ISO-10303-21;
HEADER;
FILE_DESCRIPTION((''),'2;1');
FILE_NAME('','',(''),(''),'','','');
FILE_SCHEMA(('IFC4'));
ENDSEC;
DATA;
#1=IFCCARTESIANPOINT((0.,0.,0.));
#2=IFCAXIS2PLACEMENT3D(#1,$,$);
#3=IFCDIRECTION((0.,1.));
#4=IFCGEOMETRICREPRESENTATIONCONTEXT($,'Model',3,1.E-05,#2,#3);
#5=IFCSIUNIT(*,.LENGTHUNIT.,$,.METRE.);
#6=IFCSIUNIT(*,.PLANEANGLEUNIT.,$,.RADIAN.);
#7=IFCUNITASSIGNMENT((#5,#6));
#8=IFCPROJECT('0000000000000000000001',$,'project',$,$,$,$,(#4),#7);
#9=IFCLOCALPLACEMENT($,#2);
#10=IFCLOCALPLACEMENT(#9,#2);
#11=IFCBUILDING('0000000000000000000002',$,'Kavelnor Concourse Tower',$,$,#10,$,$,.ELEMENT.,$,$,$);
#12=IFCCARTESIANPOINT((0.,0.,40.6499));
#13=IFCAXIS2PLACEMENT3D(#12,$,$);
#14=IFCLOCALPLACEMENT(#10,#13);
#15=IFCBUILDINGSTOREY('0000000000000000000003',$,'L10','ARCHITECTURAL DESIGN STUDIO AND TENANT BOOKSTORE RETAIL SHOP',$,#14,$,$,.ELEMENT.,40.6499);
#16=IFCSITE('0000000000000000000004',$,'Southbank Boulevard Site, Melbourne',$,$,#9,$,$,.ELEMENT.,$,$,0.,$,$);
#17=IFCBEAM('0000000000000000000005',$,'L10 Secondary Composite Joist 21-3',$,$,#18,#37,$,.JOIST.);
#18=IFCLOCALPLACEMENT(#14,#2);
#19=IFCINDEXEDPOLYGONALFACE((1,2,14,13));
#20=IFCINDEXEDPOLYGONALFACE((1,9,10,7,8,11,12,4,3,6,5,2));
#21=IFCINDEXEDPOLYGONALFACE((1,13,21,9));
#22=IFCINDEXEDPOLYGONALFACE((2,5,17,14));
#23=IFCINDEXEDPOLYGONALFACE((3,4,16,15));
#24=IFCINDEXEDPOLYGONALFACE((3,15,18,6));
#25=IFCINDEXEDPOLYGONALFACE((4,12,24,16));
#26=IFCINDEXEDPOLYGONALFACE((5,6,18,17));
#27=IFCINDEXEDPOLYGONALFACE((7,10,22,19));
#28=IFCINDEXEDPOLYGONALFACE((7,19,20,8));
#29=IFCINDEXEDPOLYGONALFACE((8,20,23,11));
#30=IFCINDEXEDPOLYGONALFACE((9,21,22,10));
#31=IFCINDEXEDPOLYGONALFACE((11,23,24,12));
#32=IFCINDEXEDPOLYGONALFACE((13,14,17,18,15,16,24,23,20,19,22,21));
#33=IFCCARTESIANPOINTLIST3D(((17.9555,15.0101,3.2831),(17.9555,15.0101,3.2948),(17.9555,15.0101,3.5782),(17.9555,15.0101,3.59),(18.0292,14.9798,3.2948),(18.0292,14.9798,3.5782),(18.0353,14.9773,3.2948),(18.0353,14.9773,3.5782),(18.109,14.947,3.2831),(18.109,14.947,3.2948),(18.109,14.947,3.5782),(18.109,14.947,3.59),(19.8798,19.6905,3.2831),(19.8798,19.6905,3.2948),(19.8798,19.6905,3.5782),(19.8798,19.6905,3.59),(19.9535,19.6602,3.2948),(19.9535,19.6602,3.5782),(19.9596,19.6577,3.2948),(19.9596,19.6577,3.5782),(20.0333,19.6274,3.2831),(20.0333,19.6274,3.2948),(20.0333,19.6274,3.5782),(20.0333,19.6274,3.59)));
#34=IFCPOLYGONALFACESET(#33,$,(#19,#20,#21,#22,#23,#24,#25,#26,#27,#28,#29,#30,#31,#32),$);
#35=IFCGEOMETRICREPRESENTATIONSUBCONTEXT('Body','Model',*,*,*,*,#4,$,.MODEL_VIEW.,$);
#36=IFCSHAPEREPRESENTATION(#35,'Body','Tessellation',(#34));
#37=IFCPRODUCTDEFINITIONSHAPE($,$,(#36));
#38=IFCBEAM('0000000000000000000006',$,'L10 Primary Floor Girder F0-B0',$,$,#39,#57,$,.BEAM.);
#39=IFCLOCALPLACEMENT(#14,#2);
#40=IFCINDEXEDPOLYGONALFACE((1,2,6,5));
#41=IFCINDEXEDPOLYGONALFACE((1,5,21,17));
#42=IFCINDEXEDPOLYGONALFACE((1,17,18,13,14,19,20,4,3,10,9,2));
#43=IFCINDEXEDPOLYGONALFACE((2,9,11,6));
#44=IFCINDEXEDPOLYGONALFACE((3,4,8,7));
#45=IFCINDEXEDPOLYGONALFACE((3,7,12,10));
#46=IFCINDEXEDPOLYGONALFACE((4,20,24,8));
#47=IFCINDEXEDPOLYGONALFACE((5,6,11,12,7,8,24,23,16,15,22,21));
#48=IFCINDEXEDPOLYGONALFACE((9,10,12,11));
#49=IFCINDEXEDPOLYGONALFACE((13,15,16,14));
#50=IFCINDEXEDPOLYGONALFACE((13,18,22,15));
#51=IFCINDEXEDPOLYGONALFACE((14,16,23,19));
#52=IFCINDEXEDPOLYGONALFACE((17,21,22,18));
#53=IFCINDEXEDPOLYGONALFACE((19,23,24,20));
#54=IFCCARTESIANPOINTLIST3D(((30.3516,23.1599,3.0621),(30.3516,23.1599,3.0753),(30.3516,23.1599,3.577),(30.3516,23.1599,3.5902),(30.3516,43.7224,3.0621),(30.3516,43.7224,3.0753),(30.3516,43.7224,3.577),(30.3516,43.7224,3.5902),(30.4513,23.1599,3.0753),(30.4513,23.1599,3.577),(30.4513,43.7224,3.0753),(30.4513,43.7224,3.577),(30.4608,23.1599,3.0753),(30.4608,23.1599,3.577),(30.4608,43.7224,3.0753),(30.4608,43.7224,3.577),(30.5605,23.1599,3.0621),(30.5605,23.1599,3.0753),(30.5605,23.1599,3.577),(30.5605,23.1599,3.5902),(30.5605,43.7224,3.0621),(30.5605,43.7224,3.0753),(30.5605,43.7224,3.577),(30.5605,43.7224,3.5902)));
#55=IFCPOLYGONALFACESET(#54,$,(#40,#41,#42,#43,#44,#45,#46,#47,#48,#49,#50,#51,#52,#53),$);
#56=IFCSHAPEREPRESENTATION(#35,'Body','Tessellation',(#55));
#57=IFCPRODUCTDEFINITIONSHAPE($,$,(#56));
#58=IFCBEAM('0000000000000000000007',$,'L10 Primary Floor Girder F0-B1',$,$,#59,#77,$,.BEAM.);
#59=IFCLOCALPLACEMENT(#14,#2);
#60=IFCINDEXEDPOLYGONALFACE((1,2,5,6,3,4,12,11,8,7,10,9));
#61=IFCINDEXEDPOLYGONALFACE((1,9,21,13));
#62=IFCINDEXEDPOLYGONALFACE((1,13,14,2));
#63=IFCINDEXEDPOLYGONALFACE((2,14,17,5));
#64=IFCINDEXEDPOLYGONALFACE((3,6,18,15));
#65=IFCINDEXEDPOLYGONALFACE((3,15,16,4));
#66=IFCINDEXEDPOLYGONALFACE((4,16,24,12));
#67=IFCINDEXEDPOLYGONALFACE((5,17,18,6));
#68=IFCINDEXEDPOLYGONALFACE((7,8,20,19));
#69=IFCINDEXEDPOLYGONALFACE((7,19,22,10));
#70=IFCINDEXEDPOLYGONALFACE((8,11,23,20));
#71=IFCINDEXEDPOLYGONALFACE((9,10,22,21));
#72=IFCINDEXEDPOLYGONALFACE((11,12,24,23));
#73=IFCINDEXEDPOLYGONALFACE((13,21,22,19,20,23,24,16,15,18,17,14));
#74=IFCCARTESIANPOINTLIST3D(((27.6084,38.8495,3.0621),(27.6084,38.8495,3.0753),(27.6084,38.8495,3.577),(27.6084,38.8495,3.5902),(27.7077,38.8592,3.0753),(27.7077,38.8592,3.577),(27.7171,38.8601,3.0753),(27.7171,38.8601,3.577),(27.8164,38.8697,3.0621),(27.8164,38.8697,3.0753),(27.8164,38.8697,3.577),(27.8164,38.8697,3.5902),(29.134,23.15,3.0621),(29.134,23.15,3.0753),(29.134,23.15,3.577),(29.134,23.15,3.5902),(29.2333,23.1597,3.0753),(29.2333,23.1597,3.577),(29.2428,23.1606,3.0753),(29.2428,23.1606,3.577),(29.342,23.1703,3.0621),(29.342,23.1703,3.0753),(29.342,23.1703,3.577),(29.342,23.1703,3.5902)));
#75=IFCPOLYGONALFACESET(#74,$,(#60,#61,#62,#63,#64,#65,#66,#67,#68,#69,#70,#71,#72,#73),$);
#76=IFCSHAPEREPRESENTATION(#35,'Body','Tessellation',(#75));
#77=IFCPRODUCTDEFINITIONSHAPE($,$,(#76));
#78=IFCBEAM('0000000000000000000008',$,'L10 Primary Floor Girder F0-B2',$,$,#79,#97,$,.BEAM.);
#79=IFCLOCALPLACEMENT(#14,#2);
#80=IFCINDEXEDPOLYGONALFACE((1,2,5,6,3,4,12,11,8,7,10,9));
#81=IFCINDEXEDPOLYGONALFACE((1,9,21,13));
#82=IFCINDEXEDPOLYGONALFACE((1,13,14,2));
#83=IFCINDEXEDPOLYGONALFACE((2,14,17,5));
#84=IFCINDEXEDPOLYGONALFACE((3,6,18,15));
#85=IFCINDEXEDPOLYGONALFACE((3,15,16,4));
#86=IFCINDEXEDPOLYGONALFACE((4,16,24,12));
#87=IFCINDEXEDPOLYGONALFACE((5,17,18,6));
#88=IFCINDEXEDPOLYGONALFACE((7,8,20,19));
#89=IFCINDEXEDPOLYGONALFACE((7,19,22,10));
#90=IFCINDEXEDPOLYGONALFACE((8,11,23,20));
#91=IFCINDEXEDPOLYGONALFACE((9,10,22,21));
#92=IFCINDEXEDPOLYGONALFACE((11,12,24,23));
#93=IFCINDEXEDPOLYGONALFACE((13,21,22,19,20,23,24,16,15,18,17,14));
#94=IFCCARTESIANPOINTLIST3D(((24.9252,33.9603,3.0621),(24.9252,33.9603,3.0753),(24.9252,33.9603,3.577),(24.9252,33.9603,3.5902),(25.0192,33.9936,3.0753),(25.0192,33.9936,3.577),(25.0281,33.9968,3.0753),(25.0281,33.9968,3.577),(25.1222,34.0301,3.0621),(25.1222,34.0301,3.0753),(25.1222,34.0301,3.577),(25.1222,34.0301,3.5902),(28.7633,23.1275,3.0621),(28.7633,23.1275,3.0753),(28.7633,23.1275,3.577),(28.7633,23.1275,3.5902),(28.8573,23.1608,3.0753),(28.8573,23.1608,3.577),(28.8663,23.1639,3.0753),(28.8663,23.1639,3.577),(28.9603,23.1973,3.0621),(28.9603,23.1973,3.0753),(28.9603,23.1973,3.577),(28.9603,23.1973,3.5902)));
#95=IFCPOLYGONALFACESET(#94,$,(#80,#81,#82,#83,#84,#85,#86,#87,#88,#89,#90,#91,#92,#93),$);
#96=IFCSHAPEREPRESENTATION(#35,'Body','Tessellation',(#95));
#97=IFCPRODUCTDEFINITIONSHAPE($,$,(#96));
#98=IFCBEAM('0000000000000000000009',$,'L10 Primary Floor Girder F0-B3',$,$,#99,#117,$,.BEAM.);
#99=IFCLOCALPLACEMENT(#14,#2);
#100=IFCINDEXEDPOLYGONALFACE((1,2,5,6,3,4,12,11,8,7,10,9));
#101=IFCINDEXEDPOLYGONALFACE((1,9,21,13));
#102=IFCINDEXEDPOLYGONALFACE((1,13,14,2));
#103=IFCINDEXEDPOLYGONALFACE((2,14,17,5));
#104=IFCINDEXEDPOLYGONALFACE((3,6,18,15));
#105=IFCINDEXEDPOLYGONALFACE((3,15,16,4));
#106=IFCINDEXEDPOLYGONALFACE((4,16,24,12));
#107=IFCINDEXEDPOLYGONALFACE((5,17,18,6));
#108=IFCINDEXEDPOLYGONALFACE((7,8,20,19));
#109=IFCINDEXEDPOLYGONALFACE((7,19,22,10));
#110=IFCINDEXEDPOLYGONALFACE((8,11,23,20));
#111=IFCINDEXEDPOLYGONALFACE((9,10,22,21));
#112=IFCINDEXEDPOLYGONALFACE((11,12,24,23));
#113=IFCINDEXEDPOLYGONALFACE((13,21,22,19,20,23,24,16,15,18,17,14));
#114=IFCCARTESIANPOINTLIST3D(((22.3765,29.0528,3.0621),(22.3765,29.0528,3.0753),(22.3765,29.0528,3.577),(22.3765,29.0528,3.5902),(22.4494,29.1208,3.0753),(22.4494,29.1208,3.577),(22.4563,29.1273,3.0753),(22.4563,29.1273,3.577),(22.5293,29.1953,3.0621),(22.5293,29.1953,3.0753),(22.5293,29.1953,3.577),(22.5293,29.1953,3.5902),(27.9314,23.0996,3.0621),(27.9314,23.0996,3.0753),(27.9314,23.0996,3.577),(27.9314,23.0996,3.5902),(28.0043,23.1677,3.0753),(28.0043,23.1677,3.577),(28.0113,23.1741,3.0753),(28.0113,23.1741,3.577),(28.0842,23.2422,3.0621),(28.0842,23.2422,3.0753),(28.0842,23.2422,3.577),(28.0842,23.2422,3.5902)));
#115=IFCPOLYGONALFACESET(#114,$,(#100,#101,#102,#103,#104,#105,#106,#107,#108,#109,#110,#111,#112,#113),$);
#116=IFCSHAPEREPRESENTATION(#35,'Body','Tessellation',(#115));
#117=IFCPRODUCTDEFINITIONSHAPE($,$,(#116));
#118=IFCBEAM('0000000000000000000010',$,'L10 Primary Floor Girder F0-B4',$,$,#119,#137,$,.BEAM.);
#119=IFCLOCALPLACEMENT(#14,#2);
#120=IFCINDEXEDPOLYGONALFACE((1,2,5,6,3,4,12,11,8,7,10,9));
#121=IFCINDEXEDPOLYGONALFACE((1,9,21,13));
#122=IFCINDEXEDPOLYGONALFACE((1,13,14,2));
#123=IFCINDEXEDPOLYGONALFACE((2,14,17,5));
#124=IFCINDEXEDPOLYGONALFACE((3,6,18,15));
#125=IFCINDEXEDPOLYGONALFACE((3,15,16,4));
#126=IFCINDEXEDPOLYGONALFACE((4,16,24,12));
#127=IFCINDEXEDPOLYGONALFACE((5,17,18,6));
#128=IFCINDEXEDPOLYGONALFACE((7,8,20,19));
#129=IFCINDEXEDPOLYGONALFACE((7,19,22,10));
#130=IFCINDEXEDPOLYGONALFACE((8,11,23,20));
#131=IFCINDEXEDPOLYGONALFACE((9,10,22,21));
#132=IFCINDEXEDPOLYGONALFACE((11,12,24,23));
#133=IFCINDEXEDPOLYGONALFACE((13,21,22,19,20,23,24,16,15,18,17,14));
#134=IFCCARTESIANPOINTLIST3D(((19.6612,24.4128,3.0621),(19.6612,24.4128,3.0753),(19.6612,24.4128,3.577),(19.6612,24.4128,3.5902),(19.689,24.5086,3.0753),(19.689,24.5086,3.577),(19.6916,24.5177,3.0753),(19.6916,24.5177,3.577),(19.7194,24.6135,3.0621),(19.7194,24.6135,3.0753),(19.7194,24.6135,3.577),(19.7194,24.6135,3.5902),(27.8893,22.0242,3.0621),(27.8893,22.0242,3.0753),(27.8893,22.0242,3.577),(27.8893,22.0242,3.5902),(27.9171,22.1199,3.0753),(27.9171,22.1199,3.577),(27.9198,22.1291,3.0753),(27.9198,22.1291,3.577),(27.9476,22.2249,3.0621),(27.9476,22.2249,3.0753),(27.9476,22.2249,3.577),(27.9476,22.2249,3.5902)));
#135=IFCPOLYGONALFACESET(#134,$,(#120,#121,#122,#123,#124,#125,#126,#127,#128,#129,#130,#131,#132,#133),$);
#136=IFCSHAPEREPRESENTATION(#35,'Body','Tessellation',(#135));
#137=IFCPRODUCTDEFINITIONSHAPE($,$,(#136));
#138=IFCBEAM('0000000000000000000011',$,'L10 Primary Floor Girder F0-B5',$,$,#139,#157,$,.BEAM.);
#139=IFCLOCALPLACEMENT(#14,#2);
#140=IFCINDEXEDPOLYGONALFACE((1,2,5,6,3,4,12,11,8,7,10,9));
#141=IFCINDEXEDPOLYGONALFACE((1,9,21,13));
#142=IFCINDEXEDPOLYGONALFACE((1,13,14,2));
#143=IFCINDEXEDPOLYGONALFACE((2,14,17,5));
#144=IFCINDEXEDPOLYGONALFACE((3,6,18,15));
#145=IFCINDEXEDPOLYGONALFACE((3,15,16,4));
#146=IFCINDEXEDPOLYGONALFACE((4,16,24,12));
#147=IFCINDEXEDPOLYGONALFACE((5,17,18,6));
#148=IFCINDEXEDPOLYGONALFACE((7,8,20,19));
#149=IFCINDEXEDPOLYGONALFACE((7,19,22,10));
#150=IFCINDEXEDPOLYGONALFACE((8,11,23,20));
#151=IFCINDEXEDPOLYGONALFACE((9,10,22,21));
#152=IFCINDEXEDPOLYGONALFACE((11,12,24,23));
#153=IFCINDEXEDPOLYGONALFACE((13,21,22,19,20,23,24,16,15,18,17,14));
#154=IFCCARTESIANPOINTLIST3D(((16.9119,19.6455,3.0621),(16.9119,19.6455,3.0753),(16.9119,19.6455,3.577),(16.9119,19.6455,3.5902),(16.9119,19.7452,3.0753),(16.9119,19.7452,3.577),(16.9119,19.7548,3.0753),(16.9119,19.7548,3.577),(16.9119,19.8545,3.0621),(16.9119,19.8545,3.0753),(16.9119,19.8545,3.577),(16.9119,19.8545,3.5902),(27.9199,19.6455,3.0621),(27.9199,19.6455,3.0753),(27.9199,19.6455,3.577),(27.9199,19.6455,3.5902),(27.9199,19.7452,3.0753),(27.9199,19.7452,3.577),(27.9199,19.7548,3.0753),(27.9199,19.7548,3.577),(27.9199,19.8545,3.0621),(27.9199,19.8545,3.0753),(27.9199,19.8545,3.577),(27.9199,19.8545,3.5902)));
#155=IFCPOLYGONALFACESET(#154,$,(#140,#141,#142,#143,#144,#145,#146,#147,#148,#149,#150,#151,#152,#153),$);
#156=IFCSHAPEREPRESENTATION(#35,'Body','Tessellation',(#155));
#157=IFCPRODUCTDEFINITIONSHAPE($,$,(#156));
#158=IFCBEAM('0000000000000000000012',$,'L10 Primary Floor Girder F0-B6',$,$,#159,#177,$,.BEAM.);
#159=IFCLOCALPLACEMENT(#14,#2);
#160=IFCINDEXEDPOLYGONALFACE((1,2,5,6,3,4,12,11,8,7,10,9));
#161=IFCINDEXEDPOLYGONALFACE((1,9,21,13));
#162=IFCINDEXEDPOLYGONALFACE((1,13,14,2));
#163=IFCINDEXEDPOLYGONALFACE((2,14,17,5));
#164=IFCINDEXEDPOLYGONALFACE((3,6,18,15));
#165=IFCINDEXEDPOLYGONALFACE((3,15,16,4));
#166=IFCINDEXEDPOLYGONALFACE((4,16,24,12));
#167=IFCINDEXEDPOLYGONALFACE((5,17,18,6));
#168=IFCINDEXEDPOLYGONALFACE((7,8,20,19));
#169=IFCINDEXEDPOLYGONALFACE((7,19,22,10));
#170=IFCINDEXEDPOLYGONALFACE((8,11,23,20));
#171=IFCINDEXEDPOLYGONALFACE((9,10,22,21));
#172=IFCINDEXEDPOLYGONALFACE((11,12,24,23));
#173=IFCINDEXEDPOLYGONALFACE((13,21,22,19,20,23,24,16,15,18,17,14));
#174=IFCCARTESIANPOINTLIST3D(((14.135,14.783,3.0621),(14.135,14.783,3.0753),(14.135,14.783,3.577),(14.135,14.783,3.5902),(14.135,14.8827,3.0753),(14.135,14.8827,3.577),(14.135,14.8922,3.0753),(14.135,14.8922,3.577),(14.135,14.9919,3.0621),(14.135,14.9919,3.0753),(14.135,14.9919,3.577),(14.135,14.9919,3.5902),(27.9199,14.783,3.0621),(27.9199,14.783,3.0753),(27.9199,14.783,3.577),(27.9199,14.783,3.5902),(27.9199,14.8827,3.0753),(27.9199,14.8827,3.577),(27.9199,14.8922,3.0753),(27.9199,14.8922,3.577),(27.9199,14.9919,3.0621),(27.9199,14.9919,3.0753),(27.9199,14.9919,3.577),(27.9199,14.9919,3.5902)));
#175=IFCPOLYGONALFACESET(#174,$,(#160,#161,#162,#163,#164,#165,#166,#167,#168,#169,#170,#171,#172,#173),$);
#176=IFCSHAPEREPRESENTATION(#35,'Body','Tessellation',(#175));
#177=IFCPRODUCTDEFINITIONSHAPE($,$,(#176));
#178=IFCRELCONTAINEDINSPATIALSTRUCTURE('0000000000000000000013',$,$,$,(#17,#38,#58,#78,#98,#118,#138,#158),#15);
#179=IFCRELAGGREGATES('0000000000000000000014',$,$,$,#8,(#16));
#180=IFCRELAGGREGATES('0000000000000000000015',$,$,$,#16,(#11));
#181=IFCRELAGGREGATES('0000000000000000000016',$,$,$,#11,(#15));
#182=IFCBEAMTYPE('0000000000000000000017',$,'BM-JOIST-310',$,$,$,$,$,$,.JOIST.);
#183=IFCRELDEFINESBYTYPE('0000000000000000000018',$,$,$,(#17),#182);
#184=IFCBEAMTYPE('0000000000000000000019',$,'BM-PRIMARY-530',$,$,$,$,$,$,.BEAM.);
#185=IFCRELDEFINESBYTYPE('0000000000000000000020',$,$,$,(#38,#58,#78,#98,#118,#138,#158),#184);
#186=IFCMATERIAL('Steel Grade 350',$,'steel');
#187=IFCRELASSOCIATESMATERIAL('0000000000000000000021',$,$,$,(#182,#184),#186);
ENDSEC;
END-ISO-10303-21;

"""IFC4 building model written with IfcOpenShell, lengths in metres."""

from ifc_helpers import new_model, si_unit, direction, frame, origin, origin_2d, place, context, subcontext, project, spatial, i_section, extrude, material, material_profile, profile_set, type_object, element, save


model = new_model("IFC4")

# Units and contexts
model_context = context("Model", 3, precision=1e-05, world=origin(), true_north=direction((0.0, 1.0)))
body_context = subcontext(model_context, "Body", "Model", "MODEL_VIEW")
ifc_project = project(units=[si_unit("LENGTHUNIT", "METRE"), si_unit("PLANEANGLEUNIT", "RADIAN")], contexts=[model_context])

# Site, building, storey
site_placement = place(None, origin())
site = spatial("IfcSite", under=ifc_project, at=site_placement, Name="Southbank Boulevard Site, Melbourne", CompositionType="ELEMENT", RefElevation=0.0)
building_placement = place(site_placement, origin())
building = spatial("IfcBuilding", under=site, at=building_placement, Name="Kavelnor Concourse Tower", CompositionType="ELEMENT")
storey_placement = place(building_placement, frame((0.0, 0.0, 40.6499)))
storey = spatial("IfcBuildingStorey", under=building, at=storey_placement, Name="L10", Description="ARCHITECTURAL DESIGN STUDIO AND TENANT BOOKSTORE RETAIL SHOP", CompositionType="ELEMENT", Elevation=40.6499)

# Shared definitions
ifc_material_1 = material(Name="Steel Grade 350", Category="steel")

# Beams
ifc_material_profile_1 = material_profile(ifc_material_1, i_section(OverallWidth=0.166, OverallDepth=0.3069, WebThickness=0.0066, FlangeThickness=0.0117, at=origin_2d()), Name="310UB46")
ifc_profile_set_1 = profile_set([ifc_material_profile_1], Name="Steel Grade 350")
beam_type_1 = type_object("IfcBeamType", Name="BM-JOIST-310", PredefinedType="JOIST", material=ifc_profile_set_1)
beam_1_placement = place(storey_placement, frame((19.9565, 19.6589, 3.4365), z_axis=(-0.380257, -0.924881, 0.0), x_axis=(0.924881, -0.380257, 0.0)))
element("IfcBeam", 1, at=beam_1_placement, inside=storey, type_object=beam_type_1, Name="L10 Secondary Composite Joist 21-3", PredefinedType="JOIST", context=body_context, shape_type="SweptSolid", body=[
    extrude(i_section(OverallWidth=0.166, OverallDepth=0.3069, WebThickness=0.0066, FlangeThickness=0.0117, at=origin_2d()), origin(), (0.0, 0.0, 1.0), 5.0605),
])
ifc_material_profile_2 = material_profile(ifc_material_1, i_section(OverallWidth=0.209, OverallDepth=0.5281, WebThickness=0.0095, FlangeThickness=0.0132, at=origin_2d()), Name="530UB82")
ifc_profile_set_2 = profile_set([ifc_material_profile_2], Name="Steel Grade 350")
beam_type_2 = type_object("IfcBeamType", Name="BM-PRIMARY-530", PredefinedType="BEAM", material=ifc_profile_set_2)
beam_2_placement = place(storey_placement, frame((30.4561, 23.1599, 3.3262), z_axis=(0.0, 1.0, 0.0), x_axis=(-1.0, 0.0, 0.0)))
element("IfcBeam", 2, at=beam_2_placement, inside=storey, type_object=beam_type_2, Name="L10 Primary Floor Girder F0-B0", PredefinedType="BEAM", context=body_context, shape_type="SweptSolid", body=[
    extrude(i_section(OverallWidth=0.209, OverallDepth=0.5281, WebThickness=0.0095, FlangeThickness=0.0132, at=origin_2d()), origin(), (0.0, 0.0, 1.0), 20.5625),
])
beam_3_placement = place(storey_placement, frame((29.238, 23.1602, 3.3262), z_axis=(-0.096722, 0.995311, 0.0), x_axis=(-0.995311, -0.096722, 0.0)))
element("IfcBeam", 3, at=beam_3_placement, inside=storey, type_object=beam_type_2, Name="L10 Primary Floor Girder F0-B1", PredefinedType="BEAM", context=body_context, shape_type="SweptSolid", body=[
    extrude(i_section(OverallWidth=0.209, OverallDepth=0.5281, WebThickness=0.0095, FlangeThickness=0.0132, at=origin_2d()), origin(), (0.0, 0.0, 1.0), 15.7734),
])
beam_4_placement = place(storey_placement, frame((28.8618, 23.1624, 3.3262), z_axis=(-0.333966, 0.942585, 0.0), x_axis=(-0.942585, -0.333966, 0.0)))
element("IfcBeam", 4, at=beam_4_placement, inside=storey, type_object=beam_type_2, Name="L10 Primary Floor Girder F0-B2", PredefinedType="BEAM", context=body_context, shape_type="SweptSolid", body=[
    extrude(i_section(OverallWidth=0.209, OverallDepth=0.5281, WebThickness=0.0095, FlangeThickness=0.0132, at=origin_2d()), origin(), (0.0, 0.0, 1.0), 11.4927),
])
beam_5_placement = place(storey_placement, frame((28.0078, 23.1709, 3.3262), z_axis=(-0.682232, 0.731136, 0.0), x_axis=(-0.731136, -0.682232, 0.0)))
element("IfcBeam", 5, at=beam_5_placement, inside=storey, type_object=beam_type_2, Name="L10 Primary Floor Girder F0-B3", PredefinedType="BEAM", context=body_context, shape_type="SweptSolid", body=[
    extrude(i_section(OverallWidth=0.209, OverallDepth=0.5281, WebThickness=0.0095, FlangeThickness=0.0132, at=origin_2d()), origin(), (0.0, 0.0, 1.0), 8.1423),
])
beam_6_placement = place(storey_placement, frame((27.9185, 22.1245, 3.3262), z_axis=(-0.960352, 0.278791, 0.0), x_axis=(-0.278791, -0.960352, 0.0)))
element("IfcBeam", 6, at=beam_6_placement, inside=storey, type_object=beam_type_2, Name="L10 Primary Floor Girder F0-B4", PredefinedType="BEAM", context=body_context, shape_type="SweptSolid", body=[
    extrude(i_section(OverallWidth=0.209, OverallDepth=0.5281, WebThickness=0.0095, FlangeThickness=0.0132, at=origin_2d()), origin(), (0.0, 0.0, 1.0), 8.5679),
])
beam_7_placement = place(storey_placement, frame((27.9199, 19.75, 3.3262), z_axis=(-1.0, 0.0, 0.0), x_axis=(0.0, -1.0, 0.0)))
element("IfcBeam", 7, at=beam_7_placement, inside=storey, type_object=beam_type_2, Name="L10 Primary Floor Girder F0-B5", PredefinedType="BEAM", context=body_context, shape_type="SweptSolid", body=[
    extrude(i_section(OverallWidth=0.209, OverallDepth=0.5281, WebThickness=0.0095, FlangeThickness=0.0132, at=origin_2d()), origin(), (0.0, 0.0, 1.0), 11.0081),
])
beam_8_placement = place(storey_placement, frame((27.9199, 14.8875, 3.3262), z_axis=(-1.0, 0.0, 0.0), x_axis=(0.0, -1.0, 0.0)))
element("IfcBeam", 8, at=beam_8_placement, inside=storey, type_object=beam_type_2, Name="L10 Primary Floor Girder F0-B6", PredefinedType="BEAM", context=body_context, shape_type="SweptSolid", body=[
    extrude(i_section(OverallWidth=0.209, OverallDepth=0.5281, WebThickness=0.0095, FlangeThickness=0.0132, at=origin_2d()), origin(), (0.0, 0.0, 1.0), 13.7849),
])

save(model, "model.ifc")
